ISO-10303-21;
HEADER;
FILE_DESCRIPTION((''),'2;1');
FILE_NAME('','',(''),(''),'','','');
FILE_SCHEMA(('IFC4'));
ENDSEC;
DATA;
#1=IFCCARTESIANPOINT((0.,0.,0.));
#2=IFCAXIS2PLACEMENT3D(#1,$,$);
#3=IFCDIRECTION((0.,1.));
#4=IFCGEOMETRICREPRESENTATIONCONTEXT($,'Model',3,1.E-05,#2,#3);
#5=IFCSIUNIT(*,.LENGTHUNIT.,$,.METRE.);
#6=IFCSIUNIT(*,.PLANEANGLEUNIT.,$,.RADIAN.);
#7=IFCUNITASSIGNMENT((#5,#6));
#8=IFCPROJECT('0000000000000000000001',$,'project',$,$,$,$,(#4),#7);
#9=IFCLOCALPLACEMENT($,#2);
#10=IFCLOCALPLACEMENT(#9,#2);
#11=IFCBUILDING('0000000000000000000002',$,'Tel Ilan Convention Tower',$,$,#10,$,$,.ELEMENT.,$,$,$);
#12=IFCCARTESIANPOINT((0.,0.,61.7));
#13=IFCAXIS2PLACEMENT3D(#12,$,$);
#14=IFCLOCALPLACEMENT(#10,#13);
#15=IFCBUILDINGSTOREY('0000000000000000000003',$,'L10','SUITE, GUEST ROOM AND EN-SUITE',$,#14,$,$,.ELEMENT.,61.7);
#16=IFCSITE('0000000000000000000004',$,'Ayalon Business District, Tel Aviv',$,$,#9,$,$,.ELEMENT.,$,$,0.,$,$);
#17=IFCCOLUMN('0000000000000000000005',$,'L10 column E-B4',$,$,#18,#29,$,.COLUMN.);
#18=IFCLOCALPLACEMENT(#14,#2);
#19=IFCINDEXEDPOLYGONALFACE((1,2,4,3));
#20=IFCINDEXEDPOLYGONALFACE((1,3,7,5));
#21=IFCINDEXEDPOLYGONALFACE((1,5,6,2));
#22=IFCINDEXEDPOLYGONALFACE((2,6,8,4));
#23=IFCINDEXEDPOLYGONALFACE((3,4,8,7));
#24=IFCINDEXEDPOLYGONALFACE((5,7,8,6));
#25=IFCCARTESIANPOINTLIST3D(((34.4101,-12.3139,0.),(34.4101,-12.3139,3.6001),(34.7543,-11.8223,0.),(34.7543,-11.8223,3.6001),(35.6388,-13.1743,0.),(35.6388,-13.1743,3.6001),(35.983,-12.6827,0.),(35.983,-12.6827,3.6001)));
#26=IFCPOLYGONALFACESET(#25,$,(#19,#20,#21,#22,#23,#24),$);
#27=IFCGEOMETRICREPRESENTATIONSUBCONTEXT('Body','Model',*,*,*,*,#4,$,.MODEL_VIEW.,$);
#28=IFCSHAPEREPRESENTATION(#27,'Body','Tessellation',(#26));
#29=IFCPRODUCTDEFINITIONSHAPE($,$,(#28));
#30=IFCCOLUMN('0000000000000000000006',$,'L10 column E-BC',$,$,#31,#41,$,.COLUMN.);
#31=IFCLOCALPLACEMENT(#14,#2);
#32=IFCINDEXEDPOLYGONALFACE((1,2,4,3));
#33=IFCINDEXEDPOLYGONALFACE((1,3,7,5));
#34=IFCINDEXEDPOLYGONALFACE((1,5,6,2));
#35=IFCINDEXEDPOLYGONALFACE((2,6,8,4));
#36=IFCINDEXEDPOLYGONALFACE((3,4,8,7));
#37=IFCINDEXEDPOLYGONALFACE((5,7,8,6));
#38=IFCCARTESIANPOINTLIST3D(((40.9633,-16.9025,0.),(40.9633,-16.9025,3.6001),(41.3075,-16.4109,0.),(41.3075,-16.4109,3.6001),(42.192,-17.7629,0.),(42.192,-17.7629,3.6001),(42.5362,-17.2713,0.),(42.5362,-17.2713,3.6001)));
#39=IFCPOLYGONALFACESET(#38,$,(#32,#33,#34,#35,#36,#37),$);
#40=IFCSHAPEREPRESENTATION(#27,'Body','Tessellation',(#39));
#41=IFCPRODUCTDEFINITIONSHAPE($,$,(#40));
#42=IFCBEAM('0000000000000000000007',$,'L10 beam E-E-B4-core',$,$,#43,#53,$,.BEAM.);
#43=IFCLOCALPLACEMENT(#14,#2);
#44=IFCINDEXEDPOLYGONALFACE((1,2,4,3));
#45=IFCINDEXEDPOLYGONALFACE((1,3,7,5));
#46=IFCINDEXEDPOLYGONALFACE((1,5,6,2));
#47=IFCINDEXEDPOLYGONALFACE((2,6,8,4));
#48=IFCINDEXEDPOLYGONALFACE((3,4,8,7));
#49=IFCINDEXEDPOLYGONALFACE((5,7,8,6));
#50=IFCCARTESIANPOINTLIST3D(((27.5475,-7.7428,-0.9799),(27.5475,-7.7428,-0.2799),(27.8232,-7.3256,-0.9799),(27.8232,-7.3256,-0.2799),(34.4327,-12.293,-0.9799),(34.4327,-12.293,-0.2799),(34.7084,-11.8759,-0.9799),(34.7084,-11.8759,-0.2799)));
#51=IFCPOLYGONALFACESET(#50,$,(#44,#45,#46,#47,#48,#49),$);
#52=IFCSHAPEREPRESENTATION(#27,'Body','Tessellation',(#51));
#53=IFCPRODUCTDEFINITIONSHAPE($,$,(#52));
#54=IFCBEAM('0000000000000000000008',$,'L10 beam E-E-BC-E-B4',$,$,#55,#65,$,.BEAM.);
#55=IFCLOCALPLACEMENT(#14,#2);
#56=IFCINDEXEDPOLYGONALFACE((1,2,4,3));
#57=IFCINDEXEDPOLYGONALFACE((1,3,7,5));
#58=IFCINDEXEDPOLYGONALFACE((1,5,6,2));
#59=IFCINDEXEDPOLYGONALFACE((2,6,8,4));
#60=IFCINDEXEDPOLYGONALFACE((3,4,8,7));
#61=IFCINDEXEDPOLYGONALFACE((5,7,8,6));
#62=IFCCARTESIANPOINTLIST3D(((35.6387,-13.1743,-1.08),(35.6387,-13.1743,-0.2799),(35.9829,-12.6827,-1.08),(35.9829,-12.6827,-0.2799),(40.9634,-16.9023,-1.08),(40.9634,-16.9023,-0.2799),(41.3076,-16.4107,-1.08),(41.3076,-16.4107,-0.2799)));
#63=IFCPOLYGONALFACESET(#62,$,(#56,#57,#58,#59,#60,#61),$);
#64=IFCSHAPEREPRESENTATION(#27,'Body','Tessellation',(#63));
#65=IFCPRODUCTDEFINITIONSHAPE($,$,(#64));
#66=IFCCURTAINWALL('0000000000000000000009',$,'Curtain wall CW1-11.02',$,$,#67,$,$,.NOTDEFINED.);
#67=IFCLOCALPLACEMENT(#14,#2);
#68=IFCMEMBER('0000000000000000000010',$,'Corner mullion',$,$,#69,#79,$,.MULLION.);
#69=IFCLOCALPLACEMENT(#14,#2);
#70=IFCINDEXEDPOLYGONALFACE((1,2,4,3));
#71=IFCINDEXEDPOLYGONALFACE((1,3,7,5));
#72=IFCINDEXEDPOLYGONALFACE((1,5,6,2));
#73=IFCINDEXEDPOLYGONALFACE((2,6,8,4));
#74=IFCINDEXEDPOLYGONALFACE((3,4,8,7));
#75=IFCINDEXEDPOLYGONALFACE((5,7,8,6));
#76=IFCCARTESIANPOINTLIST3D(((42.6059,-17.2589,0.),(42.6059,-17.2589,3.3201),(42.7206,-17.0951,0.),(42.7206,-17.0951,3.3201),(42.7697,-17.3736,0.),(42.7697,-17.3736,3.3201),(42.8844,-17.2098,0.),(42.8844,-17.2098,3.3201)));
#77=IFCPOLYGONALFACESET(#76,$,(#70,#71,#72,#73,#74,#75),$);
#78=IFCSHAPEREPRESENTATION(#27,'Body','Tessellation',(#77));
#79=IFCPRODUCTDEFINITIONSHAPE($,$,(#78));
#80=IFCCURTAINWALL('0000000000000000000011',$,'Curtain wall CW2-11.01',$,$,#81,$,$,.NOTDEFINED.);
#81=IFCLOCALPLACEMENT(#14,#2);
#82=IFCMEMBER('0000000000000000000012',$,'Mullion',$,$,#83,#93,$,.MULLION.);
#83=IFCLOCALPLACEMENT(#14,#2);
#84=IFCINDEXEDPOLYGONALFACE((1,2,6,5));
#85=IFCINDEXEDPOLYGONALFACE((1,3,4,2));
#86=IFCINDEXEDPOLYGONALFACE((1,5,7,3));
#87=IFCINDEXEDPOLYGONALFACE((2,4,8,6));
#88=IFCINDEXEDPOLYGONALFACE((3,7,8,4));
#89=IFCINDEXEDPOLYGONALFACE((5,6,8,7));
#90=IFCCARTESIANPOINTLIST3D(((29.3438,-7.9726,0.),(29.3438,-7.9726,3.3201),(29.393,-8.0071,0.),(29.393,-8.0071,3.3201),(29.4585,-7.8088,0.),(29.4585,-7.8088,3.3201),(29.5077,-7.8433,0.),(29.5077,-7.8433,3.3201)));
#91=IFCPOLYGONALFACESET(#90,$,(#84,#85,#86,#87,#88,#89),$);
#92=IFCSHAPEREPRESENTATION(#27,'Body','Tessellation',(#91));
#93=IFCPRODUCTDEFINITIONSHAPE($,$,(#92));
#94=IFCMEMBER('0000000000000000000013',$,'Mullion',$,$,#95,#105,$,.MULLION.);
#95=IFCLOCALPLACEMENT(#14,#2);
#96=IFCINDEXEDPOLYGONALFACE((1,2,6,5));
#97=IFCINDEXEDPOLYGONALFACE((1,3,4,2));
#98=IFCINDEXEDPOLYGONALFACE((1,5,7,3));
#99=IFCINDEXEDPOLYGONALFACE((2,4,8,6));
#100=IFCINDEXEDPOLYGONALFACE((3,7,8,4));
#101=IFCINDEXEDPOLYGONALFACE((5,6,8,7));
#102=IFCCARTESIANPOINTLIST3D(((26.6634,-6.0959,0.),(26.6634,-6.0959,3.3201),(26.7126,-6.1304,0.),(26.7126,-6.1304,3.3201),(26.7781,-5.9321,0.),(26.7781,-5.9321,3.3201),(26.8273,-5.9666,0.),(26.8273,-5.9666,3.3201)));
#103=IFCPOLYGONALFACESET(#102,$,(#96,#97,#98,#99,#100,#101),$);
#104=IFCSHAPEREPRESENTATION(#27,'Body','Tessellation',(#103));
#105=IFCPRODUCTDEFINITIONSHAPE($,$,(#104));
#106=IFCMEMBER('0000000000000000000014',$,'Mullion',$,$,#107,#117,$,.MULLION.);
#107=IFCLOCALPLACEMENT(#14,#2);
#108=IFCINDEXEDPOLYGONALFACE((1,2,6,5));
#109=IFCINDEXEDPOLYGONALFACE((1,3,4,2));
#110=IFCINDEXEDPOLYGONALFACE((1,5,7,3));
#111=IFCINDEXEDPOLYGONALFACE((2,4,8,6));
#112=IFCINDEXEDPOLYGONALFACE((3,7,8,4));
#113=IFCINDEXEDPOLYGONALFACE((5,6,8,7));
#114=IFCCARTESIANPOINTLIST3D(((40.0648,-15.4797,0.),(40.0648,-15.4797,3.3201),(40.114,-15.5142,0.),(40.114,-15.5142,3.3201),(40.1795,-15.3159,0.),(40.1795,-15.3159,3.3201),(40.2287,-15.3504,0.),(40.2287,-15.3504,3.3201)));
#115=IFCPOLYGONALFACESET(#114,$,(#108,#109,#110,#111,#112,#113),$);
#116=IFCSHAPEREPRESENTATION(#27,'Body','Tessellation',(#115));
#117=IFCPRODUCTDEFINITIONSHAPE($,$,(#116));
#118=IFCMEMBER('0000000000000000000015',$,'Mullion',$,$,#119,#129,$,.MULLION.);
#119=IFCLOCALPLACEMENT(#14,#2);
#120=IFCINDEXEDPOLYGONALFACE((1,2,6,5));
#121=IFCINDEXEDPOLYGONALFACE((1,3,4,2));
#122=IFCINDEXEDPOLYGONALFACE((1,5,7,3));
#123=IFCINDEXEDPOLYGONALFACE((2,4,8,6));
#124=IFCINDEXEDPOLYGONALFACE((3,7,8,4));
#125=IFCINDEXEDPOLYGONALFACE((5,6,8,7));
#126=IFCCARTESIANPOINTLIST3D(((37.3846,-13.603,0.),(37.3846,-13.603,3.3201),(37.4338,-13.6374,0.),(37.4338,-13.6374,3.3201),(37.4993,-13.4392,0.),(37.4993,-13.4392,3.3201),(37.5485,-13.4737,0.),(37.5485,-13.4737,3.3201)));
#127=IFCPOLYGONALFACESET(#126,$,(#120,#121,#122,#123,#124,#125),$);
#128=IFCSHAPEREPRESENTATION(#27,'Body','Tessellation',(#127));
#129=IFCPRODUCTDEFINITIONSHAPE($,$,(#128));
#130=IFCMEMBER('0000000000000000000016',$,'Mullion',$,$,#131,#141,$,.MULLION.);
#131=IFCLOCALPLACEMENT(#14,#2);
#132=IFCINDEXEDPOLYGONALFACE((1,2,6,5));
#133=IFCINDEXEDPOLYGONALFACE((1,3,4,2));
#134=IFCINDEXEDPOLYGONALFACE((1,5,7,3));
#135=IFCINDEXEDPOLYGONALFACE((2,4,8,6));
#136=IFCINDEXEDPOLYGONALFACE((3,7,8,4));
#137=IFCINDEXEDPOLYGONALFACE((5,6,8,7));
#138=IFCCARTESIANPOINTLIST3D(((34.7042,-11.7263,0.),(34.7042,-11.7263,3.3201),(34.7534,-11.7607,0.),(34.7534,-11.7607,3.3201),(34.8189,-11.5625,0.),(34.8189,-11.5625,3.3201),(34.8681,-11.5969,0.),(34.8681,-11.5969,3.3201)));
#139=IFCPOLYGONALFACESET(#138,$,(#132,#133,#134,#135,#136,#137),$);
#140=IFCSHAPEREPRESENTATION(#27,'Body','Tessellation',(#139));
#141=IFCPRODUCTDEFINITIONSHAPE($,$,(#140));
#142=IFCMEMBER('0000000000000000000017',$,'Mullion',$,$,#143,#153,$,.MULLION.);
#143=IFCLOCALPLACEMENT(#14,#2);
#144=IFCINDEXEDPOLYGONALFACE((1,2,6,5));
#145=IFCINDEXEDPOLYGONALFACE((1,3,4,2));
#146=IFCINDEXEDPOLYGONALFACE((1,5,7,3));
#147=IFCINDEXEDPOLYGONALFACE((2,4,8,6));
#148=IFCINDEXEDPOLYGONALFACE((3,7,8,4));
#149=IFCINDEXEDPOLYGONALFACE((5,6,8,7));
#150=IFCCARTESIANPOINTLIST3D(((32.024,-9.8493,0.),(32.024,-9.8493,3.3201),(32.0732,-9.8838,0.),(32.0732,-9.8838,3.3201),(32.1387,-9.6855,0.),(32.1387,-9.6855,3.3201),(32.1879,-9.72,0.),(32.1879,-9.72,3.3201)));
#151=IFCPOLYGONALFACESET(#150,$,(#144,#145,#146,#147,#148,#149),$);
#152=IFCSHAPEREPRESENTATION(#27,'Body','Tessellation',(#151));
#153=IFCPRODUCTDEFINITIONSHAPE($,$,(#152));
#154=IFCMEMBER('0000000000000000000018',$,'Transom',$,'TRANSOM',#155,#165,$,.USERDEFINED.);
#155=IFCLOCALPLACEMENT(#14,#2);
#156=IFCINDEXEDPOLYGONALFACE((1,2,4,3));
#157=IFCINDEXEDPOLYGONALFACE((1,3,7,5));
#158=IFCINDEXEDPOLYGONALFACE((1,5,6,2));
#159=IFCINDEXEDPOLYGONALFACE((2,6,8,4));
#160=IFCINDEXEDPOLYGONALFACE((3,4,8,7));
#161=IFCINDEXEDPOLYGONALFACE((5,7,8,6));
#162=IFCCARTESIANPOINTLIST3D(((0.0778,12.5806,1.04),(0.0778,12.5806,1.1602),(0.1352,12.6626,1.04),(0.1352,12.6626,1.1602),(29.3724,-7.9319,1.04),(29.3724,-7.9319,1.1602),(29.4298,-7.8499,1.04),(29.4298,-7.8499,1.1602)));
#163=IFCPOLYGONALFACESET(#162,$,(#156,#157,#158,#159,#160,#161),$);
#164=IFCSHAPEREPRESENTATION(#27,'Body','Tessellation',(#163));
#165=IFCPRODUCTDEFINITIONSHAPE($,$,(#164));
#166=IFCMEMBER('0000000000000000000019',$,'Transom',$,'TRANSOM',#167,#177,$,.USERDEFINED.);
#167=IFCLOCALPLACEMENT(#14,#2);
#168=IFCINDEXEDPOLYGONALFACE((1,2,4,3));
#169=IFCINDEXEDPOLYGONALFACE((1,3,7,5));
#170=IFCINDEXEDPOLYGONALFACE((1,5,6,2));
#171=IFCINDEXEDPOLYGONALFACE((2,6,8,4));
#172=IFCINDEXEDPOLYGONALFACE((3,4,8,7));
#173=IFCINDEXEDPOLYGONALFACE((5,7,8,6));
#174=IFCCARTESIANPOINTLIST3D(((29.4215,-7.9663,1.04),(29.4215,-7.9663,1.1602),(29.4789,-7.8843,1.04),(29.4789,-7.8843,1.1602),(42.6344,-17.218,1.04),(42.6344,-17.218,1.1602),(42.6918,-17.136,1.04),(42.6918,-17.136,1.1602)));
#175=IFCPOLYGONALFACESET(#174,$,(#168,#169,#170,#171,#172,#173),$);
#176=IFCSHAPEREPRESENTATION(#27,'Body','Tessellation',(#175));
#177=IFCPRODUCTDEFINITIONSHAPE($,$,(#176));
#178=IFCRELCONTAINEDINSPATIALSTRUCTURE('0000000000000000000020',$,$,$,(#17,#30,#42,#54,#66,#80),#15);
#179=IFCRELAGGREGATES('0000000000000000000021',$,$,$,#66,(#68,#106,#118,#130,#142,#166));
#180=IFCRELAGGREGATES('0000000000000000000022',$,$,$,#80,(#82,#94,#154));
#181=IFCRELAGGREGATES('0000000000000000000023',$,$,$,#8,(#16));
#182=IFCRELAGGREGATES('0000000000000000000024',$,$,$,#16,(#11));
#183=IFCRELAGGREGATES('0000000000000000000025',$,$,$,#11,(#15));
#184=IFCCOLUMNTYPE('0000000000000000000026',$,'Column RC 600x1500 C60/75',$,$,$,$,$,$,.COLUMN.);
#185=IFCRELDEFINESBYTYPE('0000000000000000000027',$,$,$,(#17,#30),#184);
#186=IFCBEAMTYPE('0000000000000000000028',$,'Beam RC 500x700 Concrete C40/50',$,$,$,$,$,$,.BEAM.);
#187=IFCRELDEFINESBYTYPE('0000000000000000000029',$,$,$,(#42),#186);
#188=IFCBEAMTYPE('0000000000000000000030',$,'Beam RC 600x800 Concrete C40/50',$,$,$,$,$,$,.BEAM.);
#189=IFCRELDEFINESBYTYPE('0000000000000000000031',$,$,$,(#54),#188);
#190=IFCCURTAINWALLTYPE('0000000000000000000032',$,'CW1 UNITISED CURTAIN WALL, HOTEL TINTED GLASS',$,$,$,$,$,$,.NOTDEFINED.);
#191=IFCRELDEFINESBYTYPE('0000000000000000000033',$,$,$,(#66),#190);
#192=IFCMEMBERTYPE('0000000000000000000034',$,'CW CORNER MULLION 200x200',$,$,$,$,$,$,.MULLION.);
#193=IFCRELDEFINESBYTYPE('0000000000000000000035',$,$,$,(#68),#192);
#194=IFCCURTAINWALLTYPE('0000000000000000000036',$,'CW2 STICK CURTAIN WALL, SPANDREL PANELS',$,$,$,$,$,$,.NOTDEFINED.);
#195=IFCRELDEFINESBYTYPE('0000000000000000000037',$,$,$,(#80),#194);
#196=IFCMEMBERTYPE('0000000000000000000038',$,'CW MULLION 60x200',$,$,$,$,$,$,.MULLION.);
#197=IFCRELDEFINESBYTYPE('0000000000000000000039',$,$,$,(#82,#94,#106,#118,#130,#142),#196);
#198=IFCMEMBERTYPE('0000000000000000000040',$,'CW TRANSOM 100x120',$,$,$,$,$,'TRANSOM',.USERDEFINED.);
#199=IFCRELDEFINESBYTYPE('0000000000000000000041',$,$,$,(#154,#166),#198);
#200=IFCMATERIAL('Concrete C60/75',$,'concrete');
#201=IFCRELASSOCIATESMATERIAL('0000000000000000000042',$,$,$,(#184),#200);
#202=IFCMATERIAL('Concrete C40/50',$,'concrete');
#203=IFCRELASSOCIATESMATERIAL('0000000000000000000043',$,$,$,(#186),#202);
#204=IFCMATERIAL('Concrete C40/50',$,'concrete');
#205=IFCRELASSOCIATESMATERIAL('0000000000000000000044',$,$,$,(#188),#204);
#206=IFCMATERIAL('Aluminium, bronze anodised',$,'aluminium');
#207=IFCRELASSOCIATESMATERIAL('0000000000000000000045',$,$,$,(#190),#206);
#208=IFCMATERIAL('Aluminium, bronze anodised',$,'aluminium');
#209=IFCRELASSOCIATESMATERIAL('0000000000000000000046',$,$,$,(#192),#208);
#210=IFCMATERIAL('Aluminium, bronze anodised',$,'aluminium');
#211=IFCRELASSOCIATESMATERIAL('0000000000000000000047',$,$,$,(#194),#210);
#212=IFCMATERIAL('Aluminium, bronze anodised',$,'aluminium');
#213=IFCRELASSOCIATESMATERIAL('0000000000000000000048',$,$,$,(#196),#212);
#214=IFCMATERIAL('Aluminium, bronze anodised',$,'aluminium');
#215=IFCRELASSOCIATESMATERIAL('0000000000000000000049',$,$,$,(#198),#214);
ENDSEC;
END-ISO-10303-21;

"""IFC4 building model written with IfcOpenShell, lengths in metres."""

from ifc_helpers import new_model, si_unit, direction, frame, origin, origin_2d, place, context, subcontext, project, spatial, rectangle, extrude, material, material_profile, profile_set, type_object, element, aggregate, save


model = new_model("IFC4")

# Units and contexts
model_context = context("Model", 3, precision=1e-05, world=origin(), true_north=direction((0.0, 1.0)))
body_context = subcontext(model_context, "Body", "Model", "MODEL_VIEW")
ifc_project = project(units=[si_unit("LENGTHUNIT", "METRE"), si_unit("PLANEANGLEUNIT", "RADIAN")], contexts=[model_context])

# Site, building, storey
site_placement = place(None, origin())
site = spatial("IfcSite", under=ifc_project, at=site_placement, Name="Ayalon Business District, Tel Aviv", CompositionType="ELEMENT", RefElevation=0.0)
building_placement = place(site_placement, origin())
building = spatial("IfcBuilding", under=site, at=building_placement, Name="Tel Ilan Convention Tower", CompositionType="ELEMENT")
storey_placement = place(building_placement, frame((0.0, 0.0, 61.7)))
storey = spatial("IfcBuildingStorey", under=building, at=storey_placement, Name="L10", Description="SUITE, GUEST ROOM AND EN-SUITE", CompositionType="ELEMENT", Elevation=61.7)

# Columns
ifc_material_1 = material(Name="Concrete C60/75", Category="concrete")
ifc_material_profile_1 = material_profile(ifc_material_1, rectangle(XDim=1.5, YDim=0.6001, at=origin_2d()), Name="RC 600x1500")
ifc_profile_set_1 = profile_set([ifc_material_profile_1], Name="Concrete C60/75")
column_type = type_object("IfcColumnType", Name="Column RC 600x1500 C60/75", PredefinedType="COLUMN", material=ifc_profile_set_1)
for number, where, z_axis, x_axis, name in (
    (1, (35.1965, -12.4983, 0.0), (0.0, 0.0, 1.0), (0.819152, -0.573576, 0.0), "L10 column E-B4"),
    (2, (41.7498, -17.0869, 0.0), (0.0, 0.0, 1.0), (0.819152, -0.573576, 0.0), "L10 column E-BC"),
):
    element("IfcColumn", number, at=place(storey_placement, frame(where, z_axis=z_axis, x_axis=x_axis)), inside=storey, type_object=column_type, Name=name, PredefinedType="COLUMN", context=body_context, shape_type="SweptSolid", body=[
        extrude(rectangle(XDim=1.5, YDim=0.6001, at=origin_2d()), origin(), (0.0, 0.0, 1.0), 3.6001),
    ])

# Beams
ifc_material_2 = material(Name="Concrete C40/50", Category="concrete")
ifc_material_profile_2 = material_profile(ifc_material_2, rectangle(XDim=0.5, YDim=0.7, at=origin_2d()), Name="RC 500x700")
ifc_profile_set_2 = profile_set([ifc_material_profile_2], Name="Concrete C40/50")
beam_type_1 = type_object("IfcBeamType", Name="Beam RC 500x700 Concrete C40/50", PredefinedType="BEAM", material=ifc_profile_set_2)
beam_1_placement = place(storey_placement, frame((34.5706, -12.0845, -0.6299), z_axis=(-0.834274, 0.551351, 0.0), x_axis=(-0.551351, -0.834274, 0.0)))
element("IfcBeam", 3, at=beam_1_placement, inside=storey, type_object=beam_type_1, Name="L10 beam E-E-B4-core", PredefinedType="BEAM", context=body_context, shape_type="SweptSolid", body=[
    extrude(rectangle(XDim=0.5, YDim=0.7, at=origin_2d()), origin(), (0.0, 0.0, 1.0), 8.2529),
])
ifc_material_3 = material(Name="Concrete C40/50", Category="concrete")
ifc_material_profile_3 = material_profile(ifc_material_3, rectangle(XDim=0.6001, YDim=0.8, at=origin_2d()), Name="RC 600x800")
ifc_profile_set_3 = profile_set([ifc_material_profile_3], Name="Concrete C40/50")
beam_type_2 = type_object("IfcBeamType", Name="Beam RC 600x800 Concrete C40/50", PredefinedType="BEAM", material=ifc_profile_set_3)
beam_2_placement = place(storey_placement, frame((41.1355, -16.6565, -0.6799), z_axis=(-0.819179, 0.573538, 0.0), x_axis=(-0.573538, -0.819179, 0.0)))
element("IfcBeam", 4, at=beam_2_placement, inside=storey, type_object=beam_type_2, Name="L10 beam E-E-BC-E-B4", PredefinedType="BEAM", context=body_context, shape_type="SweptSolid", body=[
    extrude(rectangle(XDim=0.6001, YDim=0.8, at=origin_2d()), origin(), (0.0, 0.0, 1.0), 6.5),
])

# Curtain wall, member
ifc_material_4 = material(Name="Aluminium, bronze anodised", Category="aluminium")
curtain_wall_type_1 = type_object("IfcCurtainWallType", Name="CW1 UNITISED CURTAIN WALL, HOTEL TINTED GLASS", PredefinedType="NOTDEFINED", material=ifc_material_4)
curtain_wall_1_placement = place(storey_placement, origin())
curtain_wall_1 = element("IfcCurtainWall", 5, at=curtain_wall_1_placement, inside=storey, type_object=curtain_wall_type_1, Name="Curtain wall CW1-11.02", PredefinedType="NOTDEFINED")
ifc_material_5 = material(Name="Aluminium, bronze anodised", Category="aluminium")
ifc_material_profile_4 = material_profile(ifc_material_5, rectangle(XDim=0.2, YDim=0.2, at=origin_2d()), Name="CW CORNER MULLION 200x200")
ifc_profile_set_4 = profile_set([ifc_material_profile_4], Name="Aluminium, bronze anodised")
member_type_1 = type_object("IfcMemberType", Name="CW CORNER MULLION 200x200", PredefinedType="MULLION", material=ifc_profile_set_4)
member_1_placement = place(storey_placement, frame((42.7451, -17.2344, 0.0), z_axis=(0.0, 0.0, 1.0), x_axis=(0.573576, 0.819152, 0.0)))
member_1 = element("IfcMember", 6, at=member_1_placement, type_object=member_type_1, Name="Corner mullion", PredefinedType="MULLION", context=body_context, shape_type="SweptSolid", body=[
    extrude(rectangle(XDim=0.2, YDim=0.2, at=origin_2d()), origin(), (0.0, 0.0, 1.0), 3.3201),
])

# Curtain wall, members
ifc_material_6 = material(Name="Aluminium, bronze anodised", Category="aluminium")
curtain_wall_type_2 = type_object("IfcCurtainWallType", Name="CW2 STICK CURTAIN WALL, SPANDREL PANELS", PredefinedType="NOTDEFINED", material=ifc_material_6)
curtain_wall_2_placement = place(storey_placement, origin())
curtain_wall_2 = element("IfcCurtainWall", 7, at=curtain_wall_2_placement, inside=storey, type_object=curtain_wall_type_2, Name="Curtain wall CW2-11.01", PredefinedType="NOTDEFINED")
ifc_material_7 = material(Name="Aluminium, bronze anodised", Category="aluminium")
ifc_material_profile_5 = material_profile(ifc_material_7, rectangle(XDim=0.0601, YDim=0.2, at=origin_2d()), Name="CW MULLION 60x200")
ifc_profile_set_5 = profile_set([ifc_material_profile_5], Name="Aluminium, bronze anodised")
member_type_2 = type_object("IfcMemberType", Name="CW MULLION 60x200", PredefinedType="MULLION", material=ifc_profile_set_5)
member_2_placement = place(storey_placement, frame((29.4258, -7.908, 0.0), z_axis=(0.0, 0.0, 1.0), x_axis=(-0.819152, 0.573576, 0.0)))
member_2 = element("IfcMember", 8, at=member_2_placement, type_object=member_type_2, Name="Mullion", PredefinedType="MULLION", context=body_context, shape_type="SweptSolid", body=[
    extrude(rectangle(XDim=0.0601, YDim=0.2, at=origin_2d()), origin(), (0.0, 0.0, 1.0), 3.3201),
])
member_3_placement = place(storey_placement, frame((26.7454, -6.0312, 0.0), z_axis=(0.0, 0.0, 1.0), x_axis=(-0.819152, 0.573576, 0.0)))
member_3 = element("IfcMember", 9, at=member_3_placement, type_object=member_type_2, Name="Mullion", PredefinedType="MULLION", context=body_context, shape_type="SweptSolid", body=[
    extrude(rectangle(XDim=0.0601, YDim=0.2, at=origin_2d()), origin(), (0.0, 0.0, 1.0), 3.3201),
])

# Members
member_4_placement = place(storey_placement, frame((40.1467, -15.415, 0.0), z_axis=(0.0, 0.0, 1.0), x_axis=(-0.819152, 0.573576, 0.0)))
member_4 = element("IfcMember", 10, at=member_4_placement, type_object=member_type_2, Name="Mullion", PredefinedType="MULLION", context=body_context, shape_type="SweptSolid", body=[
    extrude(rectangle(XDim=0.0601, YDim=0.2, at=origin_2d()), origin(), (0.0, 0.0, 1.0), 3.3201),
])
member_5_placement = place(storey_placement, frame((37.4666, -13.5383, 0.0), z_axis=(0.0, 0.0, 1.0), x_axis=(-0.819152, 0.573576, 0.0)))
member_5 = element("IfcMember", 11, at=member_5_placement, type_object=member_type_2, Name="Mullion", PredefinedType="MULLION", context=body_context, shape_type="SweptSolid", body=[
    extrude(rectangle(XDim=0.0601, YDim=0.2, at=origin_2d()), origin(), (0.0, 0.0, 1.0), 3.3201),
])
member_6_placement = place(storey_placement, frame((34.7861, -11.6616, 0.0), z_axis=(0.0, 0.0, 1.0), x_axis=(-0.819152, 0.573576, 0.0)))
member_6 = element("IfcMember", 12, at=member_6_placement, type_object=member_type_2, Name="Mullion", PredefinedType="MULLION", context=body_context, shape_type="SweptSolid", body=[
    extrude(rectangle(XDim=0.0601, YDim=0.2, at=origin_2d()), origin(), (0.0, 0.0, 1.0), 3.3201),
])
member_7_placement = place(storey_placement, frame((32.106, -9.7847, 0.0), z_axis=(0.0, 0.0, 1.0), x_axis=(-0.819152, 0.573576, 0.0)))
member_7 = element("IfcMember", 13, at=member_7_placement, type_object=member_type_2, Name="Mullion", PredefinedType="MULLION", context=body_context, shape_type="SweptSolid", body=[
    extrude(rectangle(XDim=0.0601, YDim=0.2, at=origin_2d()), origin(), (0.0, 0.0, 1.0), 3.3201),
])
ifc_material_8 = material(Name="Aluminium, bronze anodised", Category="aluminium")
ifc_material_profile_6 = material_profile(ifc_material_8, rectangle(XDim=0.1001, YDim=0.1201, at=origin_2d()), Name="CW TRANSOM 100x120")
ifc_profile_set_6 = profile_set([ifc_material_profile_6], Name="Aluminium, bronze anodised")
member_type_3 = type_object("IfcMemberType", Name="CW TRANSOM 100x120", ElementType="TRANSOM", PredefinedType="USERDEFINED", material=ifc_profile_set_6)
member_8_placement = place(storey_placement, frame((29.4011, -7.8909, 1.1001), z_axis=(-0.819151, 0.573578, 0.0), x_axis=(-0.573578, -0.819151, 0.0)))
member_8 = element("IfcMember", 14, at=member_8_placement, type_object=member_type_3, Name="Transom", ObjectType="TRANSOM", PredefinedType="USERDEFINED", context=body_context, shape_type="SweptSolid", body=[
    extrude(rectangle(XDim=0.1001, YDim=0.1201, at=origin_2d()), origin(), (0.0, 0.0, 1.0), 35.7622),
])
member_9_placement = place(storey_placement, frame((42.6631, -17.177, 1.1001), z_axis=(-0.819154, 0.573574, 0.0), x_axis=(-0.573574, -0.819154, 0.0)))
member_9 = element("IfcMember", 15, at=member_9_placement, type_object=member_type_3, Name="Transom", ObjectType="TRANSOM", PredefinedType="USERDEFINED", context=body_context, shape_type="SweptSolid", body=[
    extrude(rectangle(XDim=0.1001, YDim=0.1201, at=origin_2d()), origin(), (0.0, 0.0, 1.0), 16.1299),
])

aggregate(curtain_wall_1, [member_1, member_4, member_5, member_6, member_7, member_9])
aggregate(curtain_wall_2, [member_2, member_3, member_8])

save(model, "model.ifc")
